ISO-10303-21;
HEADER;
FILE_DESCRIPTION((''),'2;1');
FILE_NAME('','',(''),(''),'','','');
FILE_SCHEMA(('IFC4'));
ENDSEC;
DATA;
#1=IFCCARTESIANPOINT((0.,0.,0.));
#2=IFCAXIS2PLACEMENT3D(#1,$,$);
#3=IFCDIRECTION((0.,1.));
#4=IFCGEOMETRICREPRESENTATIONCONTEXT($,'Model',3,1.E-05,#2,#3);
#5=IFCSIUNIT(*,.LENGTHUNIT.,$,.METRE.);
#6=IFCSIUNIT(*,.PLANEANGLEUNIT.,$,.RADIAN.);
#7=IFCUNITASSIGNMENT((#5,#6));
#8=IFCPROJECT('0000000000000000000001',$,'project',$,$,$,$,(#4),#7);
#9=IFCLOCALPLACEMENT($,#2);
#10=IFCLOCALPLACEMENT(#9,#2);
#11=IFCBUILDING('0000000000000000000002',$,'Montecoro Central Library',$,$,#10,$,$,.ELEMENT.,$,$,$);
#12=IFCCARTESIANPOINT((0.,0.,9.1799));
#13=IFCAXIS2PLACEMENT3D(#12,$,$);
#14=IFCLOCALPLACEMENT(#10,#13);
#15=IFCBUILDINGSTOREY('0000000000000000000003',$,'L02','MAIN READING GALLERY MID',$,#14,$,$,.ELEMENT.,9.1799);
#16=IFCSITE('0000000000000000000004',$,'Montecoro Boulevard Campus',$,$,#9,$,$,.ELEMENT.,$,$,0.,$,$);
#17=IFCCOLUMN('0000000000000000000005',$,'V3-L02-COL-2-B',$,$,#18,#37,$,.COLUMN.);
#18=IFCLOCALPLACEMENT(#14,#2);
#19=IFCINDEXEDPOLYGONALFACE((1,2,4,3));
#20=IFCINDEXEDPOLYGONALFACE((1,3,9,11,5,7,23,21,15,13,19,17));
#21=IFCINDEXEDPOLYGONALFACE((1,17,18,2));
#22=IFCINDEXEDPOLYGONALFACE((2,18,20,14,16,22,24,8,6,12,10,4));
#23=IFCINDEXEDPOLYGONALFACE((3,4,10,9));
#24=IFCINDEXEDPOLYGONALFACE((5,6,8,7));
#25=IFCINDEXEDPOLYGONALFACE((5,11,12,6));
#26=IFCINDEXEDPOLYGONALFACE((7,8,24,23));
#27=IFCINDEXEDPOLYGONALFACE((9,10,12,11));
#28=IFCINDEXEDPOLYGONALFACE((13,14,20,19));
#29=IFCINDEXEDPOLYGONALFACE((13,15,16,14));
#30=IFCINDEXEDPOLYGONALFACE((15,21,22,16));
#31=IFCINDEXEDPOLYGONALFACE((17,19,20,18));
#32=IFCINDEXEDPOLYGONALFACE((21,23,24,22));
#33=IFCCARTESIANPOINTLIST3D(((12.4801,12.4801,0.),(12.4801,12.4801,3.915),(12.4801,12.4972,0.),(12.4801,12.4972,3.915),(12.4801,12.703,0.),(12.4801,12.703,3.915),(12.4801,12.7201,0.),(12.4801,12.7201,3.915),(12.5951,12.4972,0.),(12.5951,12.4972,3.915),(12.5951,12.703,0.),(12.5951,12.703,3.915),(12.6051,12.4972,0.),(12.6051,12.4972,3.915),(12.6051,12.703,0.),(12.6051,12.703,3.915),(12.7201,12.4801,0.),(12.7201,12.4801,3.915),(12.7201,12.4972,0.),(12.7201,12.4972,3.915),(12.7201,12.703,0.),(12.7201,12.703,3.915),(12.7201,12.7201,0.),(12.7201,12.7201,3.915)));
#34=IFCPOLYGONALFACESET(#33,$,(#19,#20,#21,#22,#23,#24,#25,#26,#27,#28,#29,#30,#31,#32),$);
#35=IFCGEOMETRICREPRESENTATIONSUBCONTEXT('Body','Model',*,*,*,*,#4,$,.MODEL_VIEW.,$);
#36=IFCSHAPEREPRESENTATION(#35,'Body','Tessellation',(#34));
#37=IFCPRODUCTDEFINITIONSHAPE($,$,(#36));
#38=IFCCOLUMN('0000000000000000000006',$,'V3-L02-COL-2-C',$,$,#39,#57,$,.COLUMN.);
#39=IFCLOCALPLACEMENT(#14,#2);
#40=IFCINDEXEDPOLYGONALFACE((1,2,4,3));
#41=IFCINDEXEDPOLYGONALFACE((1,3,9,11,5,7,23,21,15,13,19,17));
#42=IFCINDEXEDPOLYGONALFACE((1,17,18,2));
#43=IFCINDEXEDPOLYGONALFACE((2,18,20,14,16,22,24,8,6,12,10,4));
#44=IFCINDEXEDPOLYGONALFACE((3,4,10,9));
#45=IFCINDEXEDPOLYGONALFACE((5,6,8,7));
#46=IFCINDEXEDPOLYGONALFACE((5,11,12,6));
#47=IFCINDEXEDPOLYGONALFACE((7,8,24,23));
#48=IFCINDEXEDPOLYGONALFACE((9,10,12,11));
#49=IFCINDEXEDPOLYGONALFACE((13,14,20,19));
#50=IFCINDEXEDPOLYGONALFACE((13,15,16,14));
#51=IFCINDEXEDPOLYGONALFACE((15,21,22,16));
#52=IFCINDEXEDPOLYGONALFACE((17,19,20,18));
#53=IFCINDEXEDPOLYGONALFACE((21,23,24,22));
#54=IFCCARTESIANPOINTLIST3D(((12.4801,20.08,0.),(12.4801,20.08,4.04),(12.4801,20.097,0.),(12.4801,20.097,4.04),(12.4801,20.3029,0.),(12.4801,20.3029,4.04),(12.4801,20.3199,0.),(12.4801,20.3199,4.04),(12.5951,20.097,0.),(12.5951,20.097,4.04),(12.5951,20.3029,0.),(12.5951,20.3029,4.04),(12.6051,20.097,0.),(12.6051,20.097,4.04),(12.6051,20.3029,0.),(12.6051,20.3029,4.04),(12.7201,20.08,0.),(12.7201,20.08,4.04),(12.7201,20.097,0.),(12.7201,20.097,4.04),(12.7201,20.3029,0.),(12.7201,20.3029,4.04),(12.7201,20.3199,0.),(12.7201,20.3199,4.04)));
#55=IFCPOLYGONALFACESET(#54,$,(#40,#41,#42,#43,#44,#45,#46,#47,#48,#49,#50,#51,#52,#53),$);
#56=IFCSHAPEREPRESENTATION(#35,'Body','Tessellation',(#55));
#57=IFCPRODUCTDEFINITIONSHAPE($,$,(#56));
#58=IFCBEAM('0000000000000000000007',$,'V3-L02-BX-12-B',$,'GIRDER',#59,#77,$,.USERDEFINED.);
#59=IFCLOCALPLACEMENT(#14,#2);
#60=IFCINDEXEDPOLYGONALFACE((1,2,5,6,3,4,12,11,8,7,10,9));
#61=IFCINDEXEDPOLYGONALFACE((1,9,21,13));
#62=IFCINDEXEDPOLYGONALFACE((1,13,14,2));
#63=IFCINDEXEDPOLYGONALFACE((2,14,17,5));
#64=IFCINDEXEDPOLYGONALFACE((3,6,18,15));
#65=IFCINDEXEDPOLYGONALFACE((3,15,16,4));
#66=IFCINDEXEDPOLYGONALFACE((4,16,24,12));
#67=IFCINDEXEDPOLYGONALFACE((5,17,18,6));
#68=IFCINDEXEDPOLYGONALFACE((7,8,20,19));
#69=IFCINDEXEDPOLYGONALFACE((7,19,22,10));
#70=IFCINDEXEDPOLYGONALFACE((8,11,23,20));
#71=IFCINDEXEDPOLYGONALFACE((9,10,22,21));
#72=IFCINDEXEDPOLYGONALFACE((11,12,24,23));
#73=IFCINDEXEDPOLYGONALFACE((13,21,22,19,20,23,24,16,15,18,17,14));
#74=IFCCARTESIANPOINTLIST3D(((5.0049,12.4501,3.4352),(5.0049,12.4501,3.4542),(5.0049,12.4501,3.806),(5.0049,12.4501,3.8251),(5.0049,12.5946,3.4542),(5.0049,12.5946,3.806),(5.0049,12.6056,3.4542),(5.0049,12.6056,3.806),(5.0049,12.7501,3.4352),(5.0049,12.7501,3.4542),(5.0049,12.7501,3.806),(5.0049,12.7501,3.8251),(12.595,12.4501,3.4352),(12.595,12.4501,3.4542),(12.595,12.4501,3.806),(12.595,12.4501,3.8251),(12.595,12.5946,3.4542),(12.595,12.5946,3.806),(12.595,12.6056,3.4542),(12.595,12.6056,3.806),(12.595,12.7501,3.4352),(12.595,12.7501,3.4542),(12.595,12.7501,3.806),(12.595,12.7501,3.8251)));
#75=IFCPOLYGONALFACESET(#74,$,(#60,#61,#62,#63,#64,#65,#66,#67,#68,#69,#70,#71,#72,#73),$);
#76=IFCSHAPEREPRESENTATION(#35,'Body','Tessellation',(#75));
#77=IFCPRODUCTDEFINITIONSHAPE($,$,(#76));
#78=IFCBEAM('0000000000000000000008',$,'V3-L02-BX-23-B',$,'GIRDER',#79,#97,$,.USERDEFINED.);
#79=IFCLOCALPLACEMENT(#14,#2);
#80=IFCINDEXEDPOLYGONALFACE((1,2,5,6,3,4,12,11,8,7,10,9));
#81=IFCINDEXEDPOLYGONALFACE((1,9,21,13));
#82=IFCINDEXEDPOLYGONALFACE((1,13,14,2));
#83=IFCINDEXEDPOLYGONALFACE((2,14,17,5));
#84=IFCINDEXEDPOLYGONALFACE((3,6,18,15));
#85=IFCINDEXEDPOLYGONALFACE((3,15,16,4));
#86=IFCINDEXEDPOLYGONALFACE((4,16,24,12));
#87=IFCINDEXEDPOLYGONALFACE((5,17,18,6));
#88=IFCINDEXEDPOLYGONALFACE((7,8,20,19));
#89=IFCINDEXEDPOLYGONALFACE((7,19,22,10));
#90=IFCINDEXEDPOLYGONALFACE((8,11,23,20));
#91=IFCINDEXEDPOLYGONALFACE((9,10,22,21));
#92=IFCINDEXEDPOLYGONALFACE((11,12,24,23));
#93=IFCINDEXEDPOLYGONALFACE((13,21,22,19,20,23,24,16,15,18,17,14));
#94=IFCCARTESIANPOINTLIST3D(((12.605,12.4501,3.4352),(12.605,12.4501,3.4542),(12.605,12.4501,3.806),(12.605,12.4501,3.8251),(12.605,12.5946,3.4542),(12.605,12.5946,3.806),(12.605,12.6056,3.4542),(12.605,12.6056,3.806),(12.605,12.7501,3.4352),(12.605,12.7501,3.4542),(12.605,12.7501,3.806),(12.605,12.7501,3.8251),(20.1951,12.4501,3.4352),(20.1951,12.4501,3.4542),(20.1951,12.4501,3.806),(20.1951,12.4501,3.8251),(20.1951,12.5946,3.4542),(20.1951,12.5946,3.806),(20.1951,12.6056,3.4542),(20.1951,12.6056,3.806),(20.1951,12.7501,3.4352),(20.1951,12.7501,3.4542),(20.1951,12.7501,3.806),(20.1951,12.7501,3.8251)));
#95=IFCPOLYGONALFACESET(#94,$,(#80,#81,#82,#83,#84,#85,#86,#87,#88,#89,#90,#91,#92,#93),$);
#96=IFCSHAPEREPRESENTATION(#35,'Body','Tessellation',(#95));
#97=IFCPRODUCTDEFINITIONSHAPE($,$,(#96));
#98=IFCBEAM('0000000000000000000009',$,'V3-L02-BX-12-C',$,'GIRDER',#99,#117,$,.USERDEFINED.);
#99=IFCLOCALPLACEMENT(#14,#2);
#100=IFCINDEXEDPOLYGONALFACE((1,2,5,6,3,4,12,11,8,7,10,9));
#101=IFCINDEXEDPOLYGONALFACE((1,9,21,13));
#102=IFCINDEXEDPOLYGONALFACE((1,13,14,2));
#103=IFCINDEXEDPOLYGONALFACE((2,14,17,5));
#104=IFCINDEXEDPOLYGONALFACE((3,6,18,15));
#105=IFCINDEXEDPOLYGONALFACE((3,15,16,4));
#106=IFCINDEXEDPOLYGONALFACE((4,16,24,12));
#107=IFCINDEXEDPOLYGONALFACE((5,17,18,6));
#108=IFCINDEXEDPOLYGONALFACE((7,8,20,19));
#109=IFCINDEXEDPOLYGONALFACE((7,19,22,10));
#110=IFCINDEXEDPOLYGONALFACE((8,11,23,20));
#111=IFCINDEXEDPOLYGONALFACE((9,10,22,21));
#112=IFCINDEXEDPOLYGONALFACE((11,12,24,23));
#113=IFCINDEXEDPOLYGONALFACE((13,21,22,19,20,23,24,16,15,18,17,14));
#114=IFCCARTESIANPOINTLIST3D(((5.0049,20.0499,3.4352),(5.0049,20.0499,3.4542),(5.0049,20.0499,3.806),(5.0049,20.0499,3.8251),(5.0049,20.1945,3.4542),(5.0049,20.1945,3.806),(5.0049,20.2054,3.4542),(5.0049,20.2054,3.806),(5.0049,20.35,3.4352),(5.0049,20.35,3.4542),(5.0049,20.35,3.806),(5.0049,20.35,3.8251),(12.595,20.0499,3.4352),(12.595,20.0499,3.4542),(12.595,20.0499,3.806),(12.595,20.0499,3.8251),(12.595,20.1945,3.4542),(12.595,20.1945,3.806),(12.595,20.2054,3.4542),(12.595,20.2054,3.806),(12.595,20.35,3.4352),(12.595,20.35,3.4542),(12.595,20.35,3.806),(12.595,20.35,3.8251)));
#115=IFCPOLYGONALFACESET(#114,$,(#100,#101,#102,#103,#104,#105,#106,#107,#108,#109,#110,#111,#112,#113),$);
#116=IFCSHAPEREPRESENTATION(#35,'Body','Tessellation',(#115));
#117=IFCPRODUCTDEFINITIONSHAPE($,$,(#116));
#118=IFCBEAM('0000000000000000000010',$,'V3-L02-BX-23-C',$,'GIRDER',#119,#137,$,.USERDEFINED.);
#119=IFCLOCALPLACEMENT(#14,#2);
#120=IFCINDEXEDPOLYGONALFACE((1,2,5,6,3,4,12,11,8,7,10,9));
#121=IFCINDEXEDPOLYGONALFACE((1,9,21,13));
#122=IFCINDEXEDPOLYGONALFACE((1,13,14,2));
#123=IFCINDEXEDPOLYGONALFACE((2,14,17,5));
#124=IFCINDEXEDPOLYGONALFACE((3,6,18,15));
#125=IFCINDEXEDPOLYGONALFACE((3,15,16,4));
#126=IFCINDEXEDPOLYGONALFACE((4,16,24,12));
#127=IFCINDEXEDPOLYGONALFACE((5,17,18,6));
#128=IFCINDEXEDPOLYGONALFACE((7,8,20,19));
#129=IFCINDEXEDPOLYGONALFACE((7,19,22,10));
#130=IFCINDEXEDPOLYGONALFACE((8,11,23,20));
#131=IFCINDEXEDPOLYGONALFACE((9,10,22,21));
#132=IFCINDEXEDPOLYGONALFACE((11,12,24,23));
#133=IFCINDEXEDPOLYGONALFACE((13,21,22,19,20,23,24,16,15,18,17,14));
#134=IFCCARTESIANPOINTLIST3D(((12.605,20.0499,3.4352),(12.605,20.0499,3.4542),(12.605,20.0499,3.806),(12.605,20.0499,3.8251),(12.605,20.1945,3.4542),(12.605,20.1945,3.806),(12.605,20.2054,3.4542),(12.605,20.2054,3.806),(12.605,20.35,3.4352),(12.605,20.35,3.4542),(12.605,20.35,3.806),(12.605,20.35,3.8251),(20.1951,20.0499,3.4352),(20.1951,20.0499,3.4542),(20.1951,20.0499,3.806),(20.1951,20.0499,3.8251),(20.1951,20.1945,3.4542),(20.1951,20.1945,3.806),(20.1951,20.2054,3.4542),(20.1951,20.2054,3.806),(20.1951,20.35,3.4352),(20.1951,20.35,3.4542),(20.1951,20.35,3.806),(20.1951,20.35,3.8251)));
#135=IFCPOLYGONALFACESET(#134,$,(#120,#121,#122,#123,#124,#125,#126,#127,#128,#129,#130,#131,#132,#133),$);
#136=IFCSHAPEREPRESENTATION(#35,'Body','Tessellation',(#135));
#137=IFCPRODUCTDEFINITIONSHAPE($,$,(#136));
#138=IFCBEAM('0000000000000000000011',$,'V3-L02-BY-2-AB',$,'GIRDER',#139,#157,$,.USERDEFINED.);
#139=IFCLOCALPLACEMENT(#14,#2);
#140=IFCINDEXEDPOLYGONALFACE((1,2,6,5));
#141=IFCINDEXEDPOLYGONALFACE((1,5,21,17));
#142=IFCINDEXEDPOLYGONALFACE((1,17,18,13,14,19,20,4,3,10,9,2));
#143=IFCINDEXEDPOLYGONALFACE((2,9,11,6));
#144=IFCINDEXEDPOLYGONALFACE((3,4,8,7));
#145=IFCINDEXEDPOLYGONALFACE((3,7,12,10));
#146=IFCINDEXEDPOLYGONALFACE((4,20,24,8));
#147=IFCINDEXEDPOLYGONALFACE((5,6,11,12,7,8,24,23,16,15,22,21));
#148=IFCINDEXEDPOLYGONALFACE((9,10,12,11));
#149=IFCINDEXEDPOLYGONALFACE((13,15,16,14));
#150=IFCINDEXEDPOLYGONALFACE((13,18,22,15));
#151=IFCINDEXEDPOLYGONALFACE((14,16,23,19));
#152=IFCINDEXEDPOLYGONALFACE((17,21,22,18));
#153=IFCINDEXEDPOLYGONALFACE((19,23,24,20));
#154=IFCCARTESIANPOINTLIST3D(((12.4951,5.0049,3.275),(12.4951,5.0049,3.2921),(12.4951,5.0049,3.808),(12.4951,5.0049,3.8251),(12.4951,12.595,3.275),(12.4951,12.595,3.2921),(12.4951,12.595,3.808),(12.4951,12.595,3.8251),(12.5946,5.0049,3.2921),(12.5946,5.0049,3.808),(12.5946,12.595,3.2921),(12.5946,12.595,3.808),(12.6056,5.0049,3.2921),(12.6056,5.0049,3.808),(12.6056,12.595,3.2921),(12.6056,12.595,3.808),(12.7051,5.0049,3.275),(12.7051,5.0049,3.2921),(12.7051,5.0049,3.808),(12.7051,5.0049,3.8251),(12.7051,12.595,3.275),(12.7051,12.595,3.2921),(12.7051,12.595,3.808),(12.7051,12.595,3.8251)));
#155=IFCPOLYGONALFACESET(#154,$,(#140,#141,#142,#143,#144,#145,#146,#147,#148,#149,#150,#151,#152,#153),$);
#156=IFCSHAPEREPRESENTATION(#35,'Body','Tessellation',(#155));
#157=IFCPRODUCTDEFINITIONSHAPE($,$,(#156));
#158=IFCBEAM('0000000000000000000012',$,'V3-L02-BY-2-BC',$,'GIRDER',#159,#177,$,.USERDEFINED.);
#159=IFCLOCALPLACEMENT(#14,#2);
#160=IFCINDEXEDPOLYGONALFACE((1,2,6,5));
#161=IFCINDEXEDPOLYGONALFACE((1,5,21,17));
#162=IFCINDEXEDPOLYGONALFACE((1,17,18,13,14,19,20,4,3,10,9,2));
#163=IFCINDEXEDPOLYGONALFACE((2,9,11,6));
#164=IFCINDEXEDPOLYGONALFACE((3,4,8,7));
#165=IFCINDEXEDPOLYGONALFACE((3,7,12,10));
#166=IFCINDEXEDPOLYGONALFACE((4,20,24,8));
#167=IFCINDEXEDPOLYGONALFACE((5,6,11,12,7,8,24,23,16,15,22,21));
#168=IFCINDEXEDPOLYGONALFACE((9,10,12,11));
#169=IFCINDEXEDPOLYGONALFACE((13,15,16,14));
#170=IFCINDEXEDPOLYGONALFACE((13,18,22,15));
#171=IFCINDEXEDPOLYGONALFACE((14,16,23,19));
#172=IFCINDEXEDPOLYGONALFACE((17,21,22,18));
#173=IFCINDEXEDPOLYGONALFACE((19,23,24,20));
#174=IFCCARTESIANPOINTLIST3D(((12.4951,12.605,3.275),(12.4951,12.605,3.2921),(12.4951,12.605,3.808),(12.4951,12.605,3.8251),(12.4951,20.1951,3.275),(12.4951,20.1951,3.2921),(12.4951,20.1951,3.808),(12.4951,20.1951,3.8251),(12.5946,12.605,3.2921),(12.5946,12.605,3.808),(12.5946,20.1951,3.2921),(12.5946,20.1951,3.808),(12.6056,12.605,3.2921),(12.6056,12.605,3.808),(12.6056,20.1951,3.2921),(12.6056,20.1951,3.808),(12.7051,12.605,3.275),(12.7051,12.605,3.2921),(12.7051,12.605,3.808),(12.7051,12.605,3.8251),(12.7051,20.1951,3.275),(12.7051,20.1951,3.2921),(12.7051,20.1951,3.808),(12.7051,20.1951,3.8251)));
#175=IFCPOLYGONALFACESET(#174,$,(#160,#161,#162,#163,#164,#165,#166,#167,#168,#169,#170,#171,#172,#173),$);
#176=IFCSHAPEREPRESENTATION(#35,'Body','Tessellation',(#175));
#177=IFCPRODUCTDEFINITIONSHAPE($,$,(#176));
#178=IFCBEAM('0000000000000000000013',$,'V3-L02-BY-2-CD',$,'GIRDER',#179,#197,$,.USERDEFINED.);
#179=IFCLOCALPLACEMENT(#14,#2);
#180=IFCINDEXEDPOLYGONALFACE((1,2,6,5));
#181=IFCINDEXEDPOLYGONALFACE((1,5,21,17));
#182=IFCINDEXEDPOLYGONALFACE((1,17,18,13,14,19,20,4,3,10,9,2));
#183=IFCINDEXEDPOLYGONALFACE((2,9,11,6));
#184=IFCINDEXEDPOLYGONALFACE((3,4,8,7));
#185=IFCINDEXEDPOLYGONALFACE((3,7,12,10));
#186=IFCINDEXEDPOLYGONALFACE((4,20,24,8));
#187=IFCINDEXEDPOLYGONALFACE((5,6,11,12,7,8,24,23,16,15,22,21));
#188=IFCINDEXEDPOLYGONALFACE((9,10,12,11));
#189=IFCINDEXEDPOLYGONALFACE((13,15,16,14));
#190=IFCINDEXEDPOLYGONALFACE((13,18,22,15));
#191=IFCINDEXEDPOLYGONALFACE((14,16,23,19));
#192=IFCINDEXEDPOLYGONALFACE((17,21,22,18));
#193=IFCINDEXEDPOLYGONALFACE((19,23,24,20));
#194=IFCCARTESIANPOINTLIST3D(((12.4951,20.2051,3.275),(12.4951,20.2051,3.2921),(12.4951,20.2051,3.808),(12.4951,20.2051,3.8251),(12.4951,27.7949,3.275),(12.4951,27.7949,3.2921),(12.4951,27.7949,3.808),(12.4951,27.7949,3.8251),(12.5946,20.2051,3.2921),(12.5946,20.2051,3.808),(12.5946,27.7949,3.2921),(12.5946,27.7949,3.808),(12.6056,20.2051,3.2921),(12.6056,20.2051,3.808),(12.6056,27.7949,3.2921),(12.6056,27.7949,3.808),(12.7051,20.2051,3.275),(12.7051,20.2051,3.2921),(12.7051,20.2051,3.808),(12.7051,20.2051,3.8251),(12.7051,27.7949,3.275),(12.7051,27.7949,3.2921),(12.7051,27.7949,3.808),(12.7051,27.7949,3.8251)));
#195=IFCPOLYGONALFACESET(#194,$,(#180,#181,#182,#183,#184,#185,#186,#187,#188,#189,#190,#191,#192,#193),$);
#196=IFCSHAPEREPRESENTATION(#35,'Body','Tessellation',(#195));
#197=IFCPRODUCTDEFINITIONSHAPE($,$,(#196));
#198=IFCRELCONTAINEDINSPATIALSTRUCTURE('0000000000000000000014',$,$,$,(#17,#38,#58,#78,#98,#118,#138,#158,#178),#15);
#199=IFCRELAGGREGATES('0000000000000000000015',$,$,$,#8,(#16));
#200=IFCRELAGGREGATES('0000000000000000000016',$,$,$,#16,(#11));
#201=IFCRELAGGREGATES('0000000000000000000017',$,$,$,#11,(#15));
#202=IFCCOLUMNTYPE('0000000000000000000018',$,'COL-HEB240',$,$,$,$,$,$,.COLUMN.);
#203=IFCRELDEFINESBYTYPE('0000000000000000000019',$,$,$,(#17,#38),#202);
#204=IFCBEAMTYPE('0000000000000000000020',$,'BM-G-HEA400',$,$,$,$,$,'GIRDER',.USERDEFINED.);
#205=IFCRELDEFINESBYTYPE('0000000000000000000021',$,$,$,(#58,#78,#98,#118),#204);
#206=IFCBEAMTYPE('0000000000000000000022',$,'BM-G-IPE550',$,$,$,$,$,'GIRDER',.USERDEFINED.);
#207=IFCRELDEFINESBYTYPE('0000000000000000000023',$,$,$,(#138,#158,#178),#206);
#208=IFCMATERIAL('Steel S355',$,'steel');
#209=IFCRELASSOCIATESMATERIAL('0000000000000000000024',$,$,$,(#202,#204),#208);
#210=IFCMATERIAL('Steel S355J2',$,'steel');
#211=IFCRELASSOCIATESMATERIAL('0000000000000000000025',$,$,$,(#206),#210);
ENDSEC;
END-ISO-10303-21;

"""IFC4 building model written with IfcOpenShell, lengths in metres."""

from ifc_helpers import new_model, si_unit, direction, frame, origin, origin_2d, place, context, subcontext, project, spatial, i_section, extrude, material, material_profile, profile_set, type_object, element, save


model = new_model("IFC4")

# Units and contexts
model_context = context("Model", 3, precision=1e-05, world=origin(), true_north=direction((0.0, 1.0)))
body_context = subcontext(model_context, "Body", "Model", "MODEL_VIEW")
ifc_project = project(units=[si_unit("LENGTHUNIT", "METRE"), si_unit("PLANEANGLEUNIT", "RADIAN")], contexts=[model_context])

# Site, building, storey
site_placement = place(None, origin())
site = spatial("IfcSite", under=ifc_project, at=site_placement, Name="Montecoro Boulevard Campus", CompositionType="ELEMENT", RefElevation=0.0)
building_placement = place(site_placement, origin())
building = spatial("IfcBuilding", under=site, at=building_placement, Name="Montecoro Central Library", CompositionType="ELEMENT")
storey_placement = place(building_placement, frame((0.0, 0.0, 9.1799)))
storey = spatial("IfcBuildingStorey", under=building, at=storey_placement, Name="L02", Description="MAIN READING GALLERY MID", CompositionType="ELEMENT", Elevation=9.1799)

# Columns
ifc_material_1 = material(Name="Steel S355", Category="steel")
ifc_material_profile_1 = material_profile(ifc_material_1, i_section(OverallWidth=0.24, OverallDepth=0.24, WebThickness=0.01, FlangeThickness=0.0171, at=origin_2d()), Name="HEB 240")
ifc_profile_set_1 = profile_set([ifc_material_profile_1], Name="Steel S355")
column_type = type_object("IfcColumnType", Name="COL-HEB240", PredefinedType="COLUMN", material=ifc_profile_set_1)
column_1_placement = place(storey_placement, frame((12.6001, 12.6001, 0.0), z_axis=(0.0, 0.0, 1.0), x_axis=(1.0, 0.0, 0.0)))
element("IfcColumn", 1, at=column_1_placement, inside=storey, type_object=column_type, Name="V3-L02-COL-2-B", PredefinedType="COLUMN", context=body_context, shape_type="SweptSolid", body=[
    extrude(i_section(OverallWidth=0.24, OverallDepth=0.24, WebThickness=0.01, FlangeThickness=0.0171, at=origin_2d()), origin(), (0.0, 0.0, 1.0), 3.915),
])
column_2_placement = place(storey_placement, frame((12.6001, 20.2, 0.0), z_axis=(0.0, 0.0, 1.0), x_axis=(1.0, 0.0, 0.0)))
element("IfcColumn", 2, at=column_2_placement, inside=storey, type_object=column_type, Name="V3-L02-COL-2-C", PredefinedType="COLUMN", context=body_context, shape_type="SweptSolid", body=[
    extrude(i_section(OverallWidth=0.24, OverallDepth=0.24, WebThickness=0.01, FlangeThickness=0.0171, at=origin_2d()), origin(), (0.0, 0.0, 1.0), 4.04),
])

# Beams
ifc_material_profile_2 = material_profile(ifc_material_1, i_section(OverallWidth=0.3, OverallDepth=0.3899, WebThickness=0.011, FlangeThickness=0.019, at=origin_2d()), Name="HEA 400")
ifc_profile_set_2 = profile_set([ifc_material_profile_2], Name="Steel S355")
beam_type_1 = type_object("IfcBeamType", Name="BM-G-HEA400", ElementType="GIRDER", PredefinedType="USERDEFINED", material=ifc_profile_set_2)
for number, where, z_axis, x_axis, name in (
    (3, (5.0049, 12.6001, 3.6301), (1.0, 0.0, 0.0), (0.0, 1.0, 0.0), "V3-L02-BX-12-B"),
    (4, (12.605, 12.6001, 3.6301), (1.0, 0.0, 0.0), (0.0, 1.0, 0.0), "V3-L02-BX-23-B"),
    (5, (5.0049, 20.2, 3.6301), (1.0, 0.0, 0.0), (0.0, 1.0, 0.0), "V3-L02-BX-12-C"),
    (6, (12.605, 20.2, 3.6301), (1.0, 0.0, 0.0), (0.0, 1.0, 0.0), "V3-L02-BX-23-C"),
):
    element("IfcBeam", number, at=place(storey_placement, frame(where, z_axis=z_axis, x_axis=x_axis)), inside=storey, type_object=beam_type_1, Name=name, ObjectType="GIRDER", PredefinedType="USERDEFINED", context=body_context, shape_type="SweptSolid", body=[
        extrude(i_section(OverallWidth=0.3, OverallDepth=0.3899, WebThickness=0.011, FlangeThickness=0.019, at=origin_2d()), origin(), (0.0, 0.0, 1.0), 7.5901),
    ])
ifc_material_2 = material(Name="Steel S355J2", Category="steel")
ifc_material_profile_3 = material_profile(ifc_material_2, i_section(OverallWidth=0.21, OverallDepth=0.55, WebThickness=0.011, FlangeThickness=0.0171, at=origin_2d()), Name="IPE 550")
ifc_profile_set_3 = profile_set([ifc_material_profile_3], Name="Steel S355J2")
beam_type_2 = type_object("IfcBeamType", Name="BM-G-IPE550", ElementType="GIRDER", PredefinedType="USERDEFINED", material=ifc_profile_set_3)
for number, where, z_axis, x_axis, name in (
    (7, (12.6001, 5.0049, 3.55), (0.0, 1.0, 0.0), (-1.0, 0.0, 0.0), "V3-L02-BY-2-AB"),
    (8, (12.6001, 12.605, 3.55), (0.0, 1.0, 0.0), (-1.0, 0.0, 0.0), "V3-L02-BY-2-BC"),
):
    element("IfcBeam", number, at=place(storey_placement, frame(where, z_axis=z_axis, x_axis=x_axis)), inside=storey, type_object=beam_type_2, Name=name, ObjectType="GIRDER", PredefinedType="USERDEFINED", context=body_context, shape_type="SweptSolid", body=[
        extrude(i_section(OverallWidth=0.21, OverallDepth=0.55, WebThickness=0.011, FlangeThickness=0.0171, at=origin_2d()), origin(), (0.0, 0.0, 1.0), 7.5901),
    ])
beam_1_placement = place(storey_placement, frame((12.6001, 20.2051, 3.55), z_axis=(0.0, 1.0, 0.0), x_axis=(-1.0, 0.0, 0.0)))
element("IfcBeam", 9, at=beam_1_placement, inside=storey, type_object=beam_type_2, Name="V3-L02-BY-2-CD", ObjectType="GIRDER", PredefinedType="USERDEFINED", context=body_context, shape_type="SweptSolid", body=[
    extrude(i_section(OverallWidth=0.21, OverallDepth=0.55, WebThickness=0.011, FlangeThickness=0.0171, at=origin_2d()), origin(), (0.0, 0.0, 1.0), 7.5898),
])

save(model, "model.ifc")
